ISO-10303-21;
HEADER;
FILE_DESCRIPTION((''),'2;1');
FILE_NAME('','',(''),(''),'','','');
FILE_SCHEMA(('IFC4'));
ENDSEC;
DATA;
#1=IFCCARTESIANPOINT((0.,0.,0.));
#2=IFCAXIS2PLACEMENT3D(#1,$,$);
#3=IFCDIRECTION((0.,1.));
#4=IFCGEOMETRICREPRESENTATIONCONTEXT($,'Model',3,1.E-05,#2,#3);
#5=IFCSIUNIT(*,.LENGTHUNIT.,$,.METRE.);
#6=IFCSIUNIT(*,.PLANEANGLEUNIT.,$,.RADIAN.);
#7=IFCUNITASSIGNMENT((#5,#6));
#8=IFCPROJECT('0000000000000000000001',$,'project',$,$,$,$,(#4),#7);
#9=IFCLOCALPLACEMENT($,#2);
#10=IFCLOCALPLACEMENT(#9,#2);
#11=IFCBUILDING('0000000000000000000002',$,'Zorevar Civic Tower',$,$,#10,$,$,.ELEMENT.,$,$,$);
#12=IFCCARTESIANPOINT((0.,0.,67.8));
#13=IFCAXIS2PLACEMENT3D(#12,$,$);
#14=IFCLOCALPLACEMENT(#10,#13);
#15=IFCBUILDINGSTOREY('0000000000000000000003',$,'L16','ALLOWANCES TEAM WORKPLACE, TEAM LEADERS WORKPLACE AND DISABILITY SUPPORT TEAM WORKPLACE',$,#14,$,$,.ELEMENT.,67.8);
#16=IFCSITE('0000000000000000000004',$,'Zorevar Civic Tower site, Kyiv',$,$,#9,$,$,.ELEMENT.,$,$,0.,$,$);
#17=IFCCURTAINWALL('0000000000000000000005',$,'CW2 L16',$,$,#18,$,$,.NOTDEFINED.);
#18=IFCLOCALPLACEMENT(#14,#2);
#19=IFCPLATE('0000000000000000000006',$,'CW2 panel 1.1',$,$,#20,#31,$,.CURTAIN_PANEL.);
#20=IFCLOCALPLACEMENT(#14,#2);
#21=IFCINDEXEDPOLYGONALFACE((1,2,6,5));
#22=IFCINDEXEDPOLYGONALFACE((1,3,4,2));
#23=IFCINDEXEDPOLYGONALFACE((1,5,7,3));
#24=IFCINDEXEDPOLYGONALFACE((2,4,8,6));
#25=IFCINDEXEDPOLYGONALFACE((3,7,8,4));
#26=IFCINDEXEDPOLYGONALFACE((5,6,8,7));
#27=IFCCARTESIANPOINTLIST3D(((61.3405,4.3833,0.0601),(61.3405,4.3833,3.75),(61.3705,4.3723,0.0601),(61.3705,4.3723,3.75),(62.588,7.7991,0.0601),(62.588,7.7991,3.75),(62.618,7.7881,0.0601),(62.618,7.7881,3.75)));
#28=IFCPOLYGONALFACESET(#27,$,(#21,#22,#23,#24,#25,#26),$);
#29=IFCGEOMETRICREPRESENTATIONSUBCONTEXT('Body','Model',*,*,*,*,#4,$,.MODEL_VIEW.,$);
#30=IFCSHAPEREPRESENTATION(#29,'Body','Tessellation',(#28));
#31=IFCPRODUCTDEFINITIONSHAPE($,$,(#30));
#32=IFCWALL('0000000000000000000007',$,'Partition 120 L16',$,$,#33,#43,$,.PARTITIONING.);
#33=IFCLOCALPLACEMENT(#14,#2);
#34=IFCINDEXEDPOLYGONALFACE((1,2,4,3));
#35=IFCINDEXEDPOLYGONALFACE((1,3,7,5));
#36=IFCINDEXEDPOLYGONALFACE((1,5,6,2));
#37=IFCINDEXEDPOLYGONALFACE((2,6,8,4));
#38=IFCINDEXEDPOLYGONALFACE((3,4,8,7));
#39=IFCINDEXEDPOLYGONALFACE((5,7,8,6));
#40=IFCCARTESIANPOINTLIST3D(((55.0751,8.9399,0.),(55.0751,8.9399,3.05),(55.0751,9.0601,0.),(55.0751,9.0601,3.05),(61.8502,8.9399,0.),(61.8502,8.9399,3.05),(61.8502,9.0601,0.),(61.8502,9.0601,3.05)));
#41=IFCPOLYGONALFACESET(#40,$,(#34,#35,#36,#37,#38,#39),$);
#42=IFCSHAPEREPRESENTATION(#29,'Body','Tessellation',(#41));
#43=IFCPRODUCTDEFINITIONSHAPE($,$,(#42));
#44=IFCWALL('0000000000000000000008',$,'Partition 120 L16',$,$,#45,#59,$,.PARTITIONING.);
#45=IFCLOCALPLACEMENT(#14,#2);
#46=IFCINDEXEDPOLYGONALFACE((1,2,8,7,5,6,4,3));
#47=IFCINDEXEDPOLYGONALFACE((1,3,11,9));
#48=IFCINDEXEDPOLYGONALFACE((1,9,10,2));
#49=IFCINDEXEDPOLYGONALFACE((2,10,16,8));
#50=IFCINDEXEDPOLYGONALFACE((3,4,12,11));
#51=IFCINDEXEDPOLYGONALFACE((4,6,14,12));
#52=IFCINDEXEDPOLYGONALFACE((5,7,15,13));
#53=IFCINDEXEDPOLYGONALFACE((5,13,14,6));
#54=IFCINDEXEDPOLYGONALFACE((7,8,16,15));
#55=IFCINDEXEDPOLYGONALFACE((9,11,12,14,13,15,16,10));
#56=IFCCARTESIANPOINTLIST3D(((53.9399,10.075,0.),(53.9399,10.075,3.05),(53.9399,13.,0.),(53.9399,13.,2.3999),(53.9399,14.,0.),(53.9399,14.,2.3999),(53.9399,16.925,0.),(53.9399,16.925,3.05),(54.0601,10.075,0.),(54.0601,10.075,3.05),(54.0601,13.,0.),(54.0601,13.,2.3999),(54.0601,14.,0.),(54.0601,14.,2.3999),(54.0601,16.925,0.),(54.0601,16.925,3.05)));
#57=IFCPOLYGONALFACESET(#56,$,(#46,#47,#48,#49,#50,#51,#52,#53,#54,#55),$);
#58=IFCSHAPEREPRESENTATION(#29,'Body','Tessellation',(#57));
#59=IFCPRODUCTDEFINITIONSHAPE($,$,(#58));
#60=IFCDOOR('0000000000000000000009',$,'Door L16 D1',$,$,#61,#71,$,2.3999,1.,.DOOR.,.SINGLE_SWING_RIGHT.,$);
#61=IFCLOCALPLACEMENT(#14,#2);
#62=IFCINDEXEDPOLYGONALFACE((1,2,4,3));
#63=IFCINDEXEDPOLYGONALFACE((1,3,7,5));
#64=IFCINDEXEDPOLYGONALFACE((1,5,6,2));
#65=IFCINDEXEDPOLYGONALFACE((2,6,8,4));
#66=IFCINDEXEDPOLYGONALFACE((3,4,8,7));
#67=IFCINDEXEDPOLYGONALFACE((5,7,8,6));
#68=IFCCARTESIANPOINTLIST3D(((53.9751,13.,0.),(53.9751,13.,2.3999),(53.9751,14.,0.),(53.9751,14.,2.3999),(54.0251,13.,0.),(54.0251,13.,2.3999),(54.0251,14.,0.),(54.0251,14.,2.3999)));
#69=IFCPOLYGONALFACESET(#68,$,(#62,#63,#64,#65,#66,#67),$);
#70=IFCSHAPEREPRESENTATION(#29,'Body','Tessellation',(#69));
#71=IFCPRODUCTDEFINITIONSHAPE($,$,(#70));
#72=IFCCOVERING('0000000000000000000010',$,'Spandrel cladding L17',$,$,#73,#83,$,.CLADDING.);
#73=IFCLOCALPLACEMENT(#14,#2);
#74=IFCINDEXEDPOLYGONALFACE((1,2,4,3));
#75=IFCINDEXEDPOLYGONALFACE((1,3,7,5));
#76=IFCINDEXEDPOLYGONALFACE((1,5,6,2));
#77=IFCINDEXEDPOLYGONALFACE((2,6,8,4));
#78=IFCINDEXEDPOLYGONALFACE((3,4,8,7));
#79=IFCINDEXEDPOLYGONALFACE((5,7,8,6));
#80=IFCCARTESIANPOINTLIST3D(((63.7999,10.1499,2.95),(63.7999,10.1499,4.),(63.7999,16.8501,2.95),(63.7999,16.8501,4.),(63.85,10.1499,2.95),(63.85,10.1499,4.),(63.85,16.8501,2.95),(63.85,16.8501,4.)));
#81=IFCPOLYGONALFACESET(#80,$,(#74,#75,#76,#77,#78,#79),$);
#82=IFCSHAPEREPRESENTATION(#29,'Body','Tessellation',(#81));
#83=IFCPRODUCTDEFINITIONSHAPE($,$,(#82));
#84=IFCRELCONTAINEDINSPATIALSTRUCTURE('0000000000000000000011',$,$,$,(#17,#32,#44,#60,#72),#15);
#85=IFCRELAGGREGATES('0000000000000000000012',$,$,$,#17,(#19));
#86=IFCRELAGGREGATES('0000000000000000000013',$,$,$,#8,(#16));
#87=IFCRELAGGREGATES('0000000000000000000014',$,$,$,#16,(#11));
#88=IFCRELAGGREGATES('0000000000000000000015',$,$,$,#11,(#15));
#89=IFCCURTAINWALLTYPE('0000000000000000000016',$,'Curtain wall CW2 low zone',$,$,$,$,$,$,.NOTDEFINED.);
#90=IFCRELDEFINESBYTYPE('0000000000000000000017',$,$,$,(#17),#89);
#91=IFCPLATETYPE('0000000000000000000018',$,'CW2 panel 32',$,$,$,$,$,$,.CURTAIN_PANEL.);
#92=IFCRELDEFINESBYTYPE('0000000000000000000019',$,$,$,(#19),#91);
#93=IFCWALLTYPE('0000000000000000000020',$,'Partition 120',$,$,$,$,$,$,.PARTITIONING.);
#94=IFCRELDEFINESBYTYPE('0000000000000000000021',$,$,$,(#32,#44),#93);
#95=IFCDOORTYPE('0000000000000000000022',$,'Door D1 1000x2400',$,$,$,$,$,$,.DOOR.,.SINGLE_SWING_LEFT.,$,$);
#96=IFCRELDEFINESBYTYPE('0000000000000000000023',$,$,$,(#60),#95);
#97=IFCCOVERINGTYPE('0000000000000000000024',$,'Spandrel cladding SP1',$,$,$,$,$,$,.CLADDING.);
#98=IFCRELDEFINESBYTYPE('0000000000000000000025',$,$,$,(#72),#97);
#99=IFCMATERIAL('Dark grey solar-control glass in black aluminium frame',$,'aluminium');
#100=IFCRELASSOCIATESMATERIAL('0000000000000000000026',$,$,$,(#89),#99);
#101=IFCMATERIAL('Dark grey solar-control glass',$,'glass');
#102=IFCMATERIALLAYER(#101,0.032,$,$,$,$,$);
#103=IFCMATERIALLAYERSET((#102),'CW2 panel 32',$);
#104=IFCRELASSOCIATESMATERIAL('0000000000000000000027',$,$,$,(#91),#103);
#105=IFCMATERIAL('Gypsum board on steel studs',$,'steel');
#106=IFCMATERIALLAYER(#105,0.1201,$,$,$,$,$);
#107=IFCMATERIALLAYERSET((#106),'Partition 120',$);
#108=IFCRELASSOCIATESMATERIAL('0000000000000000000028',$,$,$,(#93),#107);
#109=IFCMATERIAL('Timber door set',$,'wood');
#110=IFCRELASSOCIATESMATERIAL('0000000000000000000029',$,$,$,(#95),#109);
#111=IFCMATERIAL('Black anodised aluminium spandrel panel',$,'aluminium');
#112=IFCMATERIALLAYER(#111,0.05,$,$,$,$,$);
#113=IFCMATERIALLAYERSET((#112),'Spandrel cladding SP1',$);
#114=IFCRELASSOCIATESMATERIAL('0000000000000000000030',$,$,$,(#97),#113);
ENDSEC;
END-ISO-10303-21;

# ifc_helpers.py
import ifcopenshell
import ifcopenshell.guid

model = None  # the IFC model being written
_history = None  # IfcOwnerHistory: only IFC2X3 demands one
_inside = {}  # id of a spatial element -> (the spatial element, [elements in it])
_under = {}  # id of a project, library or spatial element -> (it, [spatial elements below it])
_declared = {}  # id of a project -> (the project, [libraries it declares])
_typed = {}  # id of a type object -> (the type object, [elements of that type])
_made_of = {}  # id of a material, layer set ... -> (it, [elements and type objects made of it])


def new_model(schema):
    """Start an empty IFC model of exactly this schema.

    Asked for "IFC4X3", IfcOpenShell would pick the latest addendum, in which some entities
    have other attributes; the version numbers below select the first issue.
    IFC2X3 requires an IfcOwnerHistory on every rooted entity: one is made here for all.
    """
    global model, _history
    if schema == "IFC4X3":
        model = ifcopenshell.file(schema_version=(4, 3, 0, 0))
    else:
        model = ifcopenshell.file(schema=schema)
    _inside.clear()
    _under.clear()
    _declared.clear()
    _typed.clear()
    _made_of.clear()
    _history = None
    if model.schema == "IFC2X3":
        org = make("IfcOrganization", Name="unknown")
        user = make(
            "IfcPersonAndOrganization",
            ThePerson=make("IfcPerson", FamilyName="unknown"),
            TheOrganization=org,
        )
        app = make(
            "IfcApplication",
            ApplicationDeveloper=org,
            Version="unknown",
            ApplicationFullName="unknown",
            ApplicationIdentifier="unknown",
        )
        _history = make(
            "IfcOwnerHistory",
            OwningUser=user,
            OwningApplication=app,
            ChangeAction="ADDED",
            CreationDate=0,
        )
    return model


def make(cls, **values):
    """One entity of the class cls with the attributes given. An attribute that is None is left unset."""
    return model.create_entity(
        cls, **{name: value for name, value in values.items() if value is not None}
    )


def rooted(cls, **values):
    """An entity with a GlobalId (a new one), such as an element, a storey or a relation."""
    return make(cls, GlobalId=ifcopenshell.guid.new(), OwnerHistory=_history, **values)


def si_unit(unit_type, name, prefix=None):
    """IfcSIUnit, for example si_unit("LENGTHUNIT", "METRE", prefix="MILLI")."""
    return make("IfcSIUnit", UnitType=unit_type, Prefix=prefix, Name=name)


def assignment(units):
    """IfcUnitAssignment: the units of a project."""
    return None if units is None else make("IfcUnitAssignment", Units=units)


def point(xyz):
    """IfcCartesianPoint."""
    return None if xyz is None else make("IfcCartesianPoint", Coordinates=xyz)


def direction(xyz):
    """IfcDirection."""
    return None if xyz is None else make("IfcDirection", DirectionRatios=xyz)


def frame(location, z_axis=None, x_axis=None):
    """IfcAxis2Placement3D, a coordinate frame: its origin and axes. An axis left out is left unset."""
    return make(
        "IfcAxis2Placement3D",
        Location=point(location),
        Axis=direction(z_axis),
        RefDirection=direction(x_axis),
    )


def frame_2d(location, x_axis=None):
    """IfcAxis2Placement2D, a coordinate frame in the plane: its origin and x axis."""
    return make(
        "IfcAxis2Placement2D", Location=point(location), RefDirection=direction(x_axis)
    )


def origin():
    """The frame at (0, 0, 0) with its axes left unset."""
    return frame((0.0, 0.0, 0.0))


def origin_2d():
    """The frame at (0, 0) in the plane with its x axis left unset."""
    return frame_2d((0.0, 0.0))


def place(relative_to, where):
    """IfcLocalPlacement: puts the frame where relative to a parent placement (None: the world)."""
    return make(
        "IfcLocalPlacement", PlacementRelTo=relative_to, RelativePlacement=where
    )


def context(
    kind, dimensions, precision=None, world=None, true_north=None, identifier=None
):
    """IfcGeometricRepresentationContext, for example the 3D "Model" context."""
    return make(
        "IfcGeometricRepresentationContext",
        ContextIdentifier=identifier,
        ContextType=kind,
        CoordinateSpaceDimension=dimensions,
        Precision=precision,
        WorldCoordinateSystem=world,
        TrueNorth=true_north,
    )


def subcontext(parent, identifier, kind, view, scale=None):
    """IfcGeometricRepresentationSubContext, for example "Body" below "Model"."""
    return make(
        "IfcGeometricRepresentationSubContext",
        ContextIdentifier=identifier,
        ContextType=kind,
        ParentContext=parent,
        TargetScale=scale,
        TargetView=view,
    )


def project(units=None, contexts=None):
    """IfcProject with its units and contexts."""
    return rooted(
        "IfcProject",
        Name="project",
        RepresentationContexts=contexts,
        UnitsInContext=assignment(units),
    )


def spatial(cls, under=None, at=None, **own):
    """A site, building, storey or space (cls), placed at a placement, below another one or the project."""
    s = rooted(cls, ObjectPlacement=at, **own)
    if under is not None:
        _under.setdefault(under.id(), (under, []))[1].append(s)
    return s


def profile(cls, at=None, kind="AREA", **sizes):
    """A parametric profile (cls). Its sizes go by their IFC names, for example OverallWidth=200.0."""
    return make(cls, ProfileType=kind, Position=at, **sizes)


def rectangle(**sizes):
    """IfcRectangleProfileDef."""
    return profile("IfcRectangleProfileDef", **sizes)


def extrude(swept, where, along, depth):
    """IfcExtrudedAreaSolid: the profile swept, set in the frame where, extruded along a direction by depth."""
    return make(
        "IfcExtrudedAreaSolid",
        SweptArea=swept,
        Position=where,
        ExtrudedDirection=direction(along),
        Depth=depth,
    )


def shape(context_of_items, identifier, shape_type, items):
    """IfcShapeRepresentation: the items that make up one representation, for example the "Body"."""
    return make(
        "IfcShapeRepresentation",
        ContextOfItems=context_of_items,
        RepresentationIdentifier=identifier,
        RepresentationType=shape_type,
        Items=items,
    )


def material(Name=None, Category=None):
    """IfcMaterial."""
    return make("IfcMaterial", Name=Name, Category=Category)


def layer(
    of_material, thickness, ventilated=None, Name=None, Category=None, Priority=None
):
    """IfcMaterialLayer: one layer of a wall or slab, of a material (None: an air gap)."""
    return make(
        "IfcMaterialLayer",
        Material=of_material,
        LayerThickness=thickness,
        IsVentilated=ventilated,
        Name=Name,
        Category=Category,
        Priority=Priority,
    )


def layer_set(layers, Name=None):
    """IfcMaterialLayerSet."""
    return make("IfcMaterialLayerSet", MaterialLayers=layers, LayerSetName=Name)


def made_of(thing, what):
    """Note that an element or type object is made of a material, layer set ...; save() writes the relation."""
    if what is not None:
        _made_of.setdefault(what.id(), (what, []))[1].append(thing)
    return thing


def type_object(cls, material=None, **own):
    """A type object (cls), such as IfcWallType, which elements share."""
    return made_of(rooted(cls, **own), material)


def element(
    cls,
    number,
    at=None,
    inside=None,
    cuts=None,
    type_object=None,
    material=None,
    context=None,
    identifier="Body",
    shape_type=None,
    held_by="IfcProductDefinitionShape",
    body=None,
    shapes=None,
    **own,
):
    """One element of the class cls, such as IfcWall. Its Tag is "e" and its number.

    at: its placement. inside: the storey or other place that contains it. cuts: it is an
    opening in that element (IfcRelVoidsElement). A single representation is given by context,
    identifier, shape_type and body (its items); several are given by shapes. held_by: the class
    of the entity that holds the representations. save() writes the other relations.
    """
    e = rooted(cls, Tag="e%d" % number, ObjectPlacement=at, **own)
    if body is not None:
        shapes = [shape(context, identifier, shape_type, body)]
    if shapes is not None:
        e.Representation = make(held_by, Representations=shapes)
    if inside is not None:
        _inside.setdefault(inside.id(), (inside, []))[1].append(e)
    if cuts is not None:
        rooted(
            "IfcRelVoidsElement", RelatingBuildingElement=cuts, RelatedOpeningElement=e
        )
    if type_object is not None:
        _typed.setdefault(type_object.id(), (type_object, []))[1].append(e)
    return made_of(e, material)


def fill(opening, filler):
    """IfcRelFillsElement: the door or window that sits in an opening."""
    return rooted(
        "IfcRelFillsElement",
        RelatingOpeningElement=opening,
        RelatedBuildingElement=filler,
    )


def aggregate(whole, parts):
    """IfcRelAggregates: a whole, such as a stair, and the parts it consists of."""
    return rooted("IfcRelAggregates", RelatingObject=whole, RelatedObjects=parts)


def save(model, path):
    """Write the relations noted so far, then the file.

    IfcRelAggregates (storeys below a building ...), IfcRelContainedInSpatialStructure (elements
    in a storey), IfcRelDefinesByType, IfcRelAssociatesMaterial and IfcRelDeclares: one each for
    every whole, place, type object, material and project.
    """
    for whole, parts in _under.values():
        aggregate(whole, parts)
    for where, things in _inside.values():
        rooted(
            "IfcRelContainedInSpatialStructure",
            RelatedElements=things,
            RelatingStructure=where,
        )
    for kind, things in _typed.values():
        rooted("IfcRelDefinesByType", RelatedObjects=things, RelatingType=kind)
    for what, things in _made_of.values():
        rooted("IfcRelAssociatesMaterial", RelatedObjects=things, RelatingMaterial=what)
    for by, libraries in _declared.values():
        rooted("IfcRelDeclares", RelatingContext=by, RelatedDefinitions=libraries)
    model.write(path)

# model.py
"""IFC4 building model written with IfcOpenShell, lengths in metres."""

from ifc_helpers import new_model, si_unit, direction, frame, frame_2d, origin, origin_2d, place, context, subcontext, project, spatial, rectangle, extrude, material, layer, layer_set, type_object, element, fill, aggregate, save


model = new_model("IFC4")

# Units and contexts
model_context = context("Model", 3, precision=1e-05, world=origin(), true_north=direction((0.0, 1.0)))
body_context = subcontext(model_context, "Body", "Model", "MODEL_VIEW")
ifc_project = project(units=[si_unit("LENGTHUNIT", "METRE"), si_unit("PLANEANGLEUNIT", "RADIAN")], contexts=[model_context])

# Site, building, storey
site_placement = place(None, origin())
site = spatial("IfcSite", under=ifc_project, at=site_placement, Name="Zorevar Civic Tower site, Kyiv", CompositionType="ELEMENT", RefElevation=0.0)
building_placement = place(site_placement, origin())
building = spatial("IfcBuilding", under=site, at=building_placement, Name="Zorevar Civic Tower", CompositionType="ELEMENT")
storey_placement = place(building_placement, frame((0.0, 0.0, 67.8)))
storey = spatial("IfcBuildingStorey", under=building, at=storey_placement, Name="L16", Description="ALLOWANCES TEAM WORKPLACE, TEAM LEADERS WORKPLACE AND DISABILITY SUPPORT TEAM WORKPLACE", CompositionType="ELEMENT", Elevation=67.8)

# Shared definitions
ifc_material_1 = material(Name="Dark grey solar-control glass in black aluminium frame", Category="aluminium")
curtain_wall_type = type_object("IfcCurtainWallType", Name="Curtain wall CW2 low zone", PredefinedType="NOTDEFINED", material=ifc_material_1)

# Curtain wall
curtain_wall_1_placement = place(storey_placement, origin())
curtain_wall_1 = element("IfcCurtainWall", 1, at=curtain_wall_1_placement, inside=storey, type_object=curtain_wall_type, Name="CW2 L16", PredefinedType="NOTDEFINED")

# Plate
ifc_material_2 = material(Name="Dark grey solar-control glass", Category="glass")
ifc_layer_1 = layer(ifc_material_2, 0.032)
ifc_layer_set_1 = layer_set([ifc_layer_1], Name="CW2 panel 32")
plate_type = type_object("IfcPlateType", Name="CW2 panel 32", PredefinedType="CURTAIN_PANEL", material=ifc_layer_set_1)
plate_1_placement = place(storey_placement, frame((61.9792, 6.0857, 0.0601), z_axis=(0.0, 0.0, 1.0), x_axis=(0.34306, 0.939313, 0.0)))
plate_1 = element("IfcPlate", 2, at=plate_1_placement, type_object=plate_type, Name="CW2 panel 1.1", PredefinedType="CURTAIN_PANEL", context=body_context, shape_type="SweptSolid", body=[
    extrude(rectangle(XDim=3.6365, YDim=0.032, at=origin_2d()), origin(), (0.0, 0.0, 1.0), 3.6899),
])
aggregate(curtain_wall_1, [plate_1])

# Wall
ifc_material_3 = material(Name="Gypsum board on steel studs", Category="steel")
ifc_layer_2 = layer(ifc_material_3, 0.1201)
ifc_layer_set_2 = layer_set([ifc_layer_2], Name="Partition 120")
wall_type = type_object("IfcWallType", Name="Partition 120", PredefinedType="PARTITIONING", material=ifc_layer_set_2)
wall_1_placement = place(storey_placement, frame((55.075, 9.0, 0.0), z_axis=(0.0, 0.0, 1.0), x_axis=(1.0, 0.0, 0.0)))
element("IfcWall", 3, at=wall_1_placement, inside=storey, type_object=wall_type, Name="Partition 120 L16", PredefinedType="PARTITIONING", context=body_context, shape_type="SweptSolid", body=[
    extrude(rectangle(XDim=6.7751, YDim=0.1201, at=frame_2d((3.3877, 0.0))), origin(), (0.0, 0.0, 1.0), 3.05),
])

# Wall, opening, door
wall_2_placement = place(storey_placement, frame((54.0, 10.075, 0.0), z_axis=(0.0, 0.0, 1.0), x_axis=(0.0, 1.0, 0.0)))
wall_2 = element("IfcWall", 4, at=wall_2_placement, inside=storey, type_object=wall_type, Name="Partition 120 L16", PredefinedType="PARTITIONING", context=body_context, shape_type="SweptSolid", body=[
    extrude(rectangle(XDim=6.8501, YDim=0.1201, at=frame_2d((3.425, 0.0))), origin(), (0.0, 0.0, 1.0), 3.05),
])
opening_placement = place(wall_2_placement, frame((2.925, 0.0, 0.0)))
opening = element("IfcOpeningElement", 5, at=opening_placement, cuts=wall_2, PredefinedType="OPENING", context=body_context, shape_type="SweptSolid", body=[
    extrude(rectangle(XDim=1.0, YDim=2.3999, at=frame_2d((0.5, 1.2))), frame((0.0, 0.0701, 0.0), z_axis=(0.0, -1.0, 0.0), x_axis=(1.0, 0.0, 0.0)), (0.0, 0.0, 1.0), 0.1401),
])
ifc_material_4 = material(Name="Timber door set", Category="wood")
door_type = type_object("IfcDoorType", Name="Door D1 1000x2400", OperationType="SINGLE_SWING_LEFT", PredefinedType="DOOR", material=ifc_material_4)
door_placement = place(opening_placement, origin())
door = element("IfcDoor", 6, at=door_placement, inside=storey, type_object=door_type, Name="Door L16 D1", OperationType="SINGLE_SWING_RIGHT", OverallHeight=2.3999, OverallWidth=1.0, PredefinedType="DOOR", context=body_context, shape_type="SweptSolid", body=[
    extrude(rectangle(XDim=1.0, YDim=2.3999, at=frame_2d((0.5, 1.2))), frame((0.0, 0.0249, 0.0), z_axis=(0.0, -1.0, 0.0), x_axis=(1.0, 0.0, 0.0)), (0.0, 0.0, 1.0), 0.05),
])
fill(opening, door)

# Covering
ifc_material_5 = material(Name="Black anodised aluminium spandrel panel", Category="aluminium")
ifc_layer_3 = layer(ifc_material_5, 0.05)
ifc_layer_set_3 = layer_set([ifc_layer_3], Name="Spandrel cladding SP1")
covering_type = type_object("IfcCoveringType", Name="Spandrel cladding SP1", PredefinedType="CLADDING", material=ifc_layer_set_3)
covering_placement = place(storey_placement, frame((63.825, 10.1499, 2.95), z_axis=(0.0, 0.0, 1.0), x_axis=(0.0, 1.0, 0.0)))
element("IfcCovering", 7, at=covering_placement, inside=storey, type_object=covering_type, Name="Spandrel cladding L17", PredefinedType="CLADDING", context=body_context, shape_type="SweptSolid", body=[
    extrude(rectangle(XDim=6.7002, YDim=0.05, at=frame_2d((3.3501, 0.0))), origin(), (0.0, 0.0, 1.0), 1.05),
])

save(model, "model.ifc")
